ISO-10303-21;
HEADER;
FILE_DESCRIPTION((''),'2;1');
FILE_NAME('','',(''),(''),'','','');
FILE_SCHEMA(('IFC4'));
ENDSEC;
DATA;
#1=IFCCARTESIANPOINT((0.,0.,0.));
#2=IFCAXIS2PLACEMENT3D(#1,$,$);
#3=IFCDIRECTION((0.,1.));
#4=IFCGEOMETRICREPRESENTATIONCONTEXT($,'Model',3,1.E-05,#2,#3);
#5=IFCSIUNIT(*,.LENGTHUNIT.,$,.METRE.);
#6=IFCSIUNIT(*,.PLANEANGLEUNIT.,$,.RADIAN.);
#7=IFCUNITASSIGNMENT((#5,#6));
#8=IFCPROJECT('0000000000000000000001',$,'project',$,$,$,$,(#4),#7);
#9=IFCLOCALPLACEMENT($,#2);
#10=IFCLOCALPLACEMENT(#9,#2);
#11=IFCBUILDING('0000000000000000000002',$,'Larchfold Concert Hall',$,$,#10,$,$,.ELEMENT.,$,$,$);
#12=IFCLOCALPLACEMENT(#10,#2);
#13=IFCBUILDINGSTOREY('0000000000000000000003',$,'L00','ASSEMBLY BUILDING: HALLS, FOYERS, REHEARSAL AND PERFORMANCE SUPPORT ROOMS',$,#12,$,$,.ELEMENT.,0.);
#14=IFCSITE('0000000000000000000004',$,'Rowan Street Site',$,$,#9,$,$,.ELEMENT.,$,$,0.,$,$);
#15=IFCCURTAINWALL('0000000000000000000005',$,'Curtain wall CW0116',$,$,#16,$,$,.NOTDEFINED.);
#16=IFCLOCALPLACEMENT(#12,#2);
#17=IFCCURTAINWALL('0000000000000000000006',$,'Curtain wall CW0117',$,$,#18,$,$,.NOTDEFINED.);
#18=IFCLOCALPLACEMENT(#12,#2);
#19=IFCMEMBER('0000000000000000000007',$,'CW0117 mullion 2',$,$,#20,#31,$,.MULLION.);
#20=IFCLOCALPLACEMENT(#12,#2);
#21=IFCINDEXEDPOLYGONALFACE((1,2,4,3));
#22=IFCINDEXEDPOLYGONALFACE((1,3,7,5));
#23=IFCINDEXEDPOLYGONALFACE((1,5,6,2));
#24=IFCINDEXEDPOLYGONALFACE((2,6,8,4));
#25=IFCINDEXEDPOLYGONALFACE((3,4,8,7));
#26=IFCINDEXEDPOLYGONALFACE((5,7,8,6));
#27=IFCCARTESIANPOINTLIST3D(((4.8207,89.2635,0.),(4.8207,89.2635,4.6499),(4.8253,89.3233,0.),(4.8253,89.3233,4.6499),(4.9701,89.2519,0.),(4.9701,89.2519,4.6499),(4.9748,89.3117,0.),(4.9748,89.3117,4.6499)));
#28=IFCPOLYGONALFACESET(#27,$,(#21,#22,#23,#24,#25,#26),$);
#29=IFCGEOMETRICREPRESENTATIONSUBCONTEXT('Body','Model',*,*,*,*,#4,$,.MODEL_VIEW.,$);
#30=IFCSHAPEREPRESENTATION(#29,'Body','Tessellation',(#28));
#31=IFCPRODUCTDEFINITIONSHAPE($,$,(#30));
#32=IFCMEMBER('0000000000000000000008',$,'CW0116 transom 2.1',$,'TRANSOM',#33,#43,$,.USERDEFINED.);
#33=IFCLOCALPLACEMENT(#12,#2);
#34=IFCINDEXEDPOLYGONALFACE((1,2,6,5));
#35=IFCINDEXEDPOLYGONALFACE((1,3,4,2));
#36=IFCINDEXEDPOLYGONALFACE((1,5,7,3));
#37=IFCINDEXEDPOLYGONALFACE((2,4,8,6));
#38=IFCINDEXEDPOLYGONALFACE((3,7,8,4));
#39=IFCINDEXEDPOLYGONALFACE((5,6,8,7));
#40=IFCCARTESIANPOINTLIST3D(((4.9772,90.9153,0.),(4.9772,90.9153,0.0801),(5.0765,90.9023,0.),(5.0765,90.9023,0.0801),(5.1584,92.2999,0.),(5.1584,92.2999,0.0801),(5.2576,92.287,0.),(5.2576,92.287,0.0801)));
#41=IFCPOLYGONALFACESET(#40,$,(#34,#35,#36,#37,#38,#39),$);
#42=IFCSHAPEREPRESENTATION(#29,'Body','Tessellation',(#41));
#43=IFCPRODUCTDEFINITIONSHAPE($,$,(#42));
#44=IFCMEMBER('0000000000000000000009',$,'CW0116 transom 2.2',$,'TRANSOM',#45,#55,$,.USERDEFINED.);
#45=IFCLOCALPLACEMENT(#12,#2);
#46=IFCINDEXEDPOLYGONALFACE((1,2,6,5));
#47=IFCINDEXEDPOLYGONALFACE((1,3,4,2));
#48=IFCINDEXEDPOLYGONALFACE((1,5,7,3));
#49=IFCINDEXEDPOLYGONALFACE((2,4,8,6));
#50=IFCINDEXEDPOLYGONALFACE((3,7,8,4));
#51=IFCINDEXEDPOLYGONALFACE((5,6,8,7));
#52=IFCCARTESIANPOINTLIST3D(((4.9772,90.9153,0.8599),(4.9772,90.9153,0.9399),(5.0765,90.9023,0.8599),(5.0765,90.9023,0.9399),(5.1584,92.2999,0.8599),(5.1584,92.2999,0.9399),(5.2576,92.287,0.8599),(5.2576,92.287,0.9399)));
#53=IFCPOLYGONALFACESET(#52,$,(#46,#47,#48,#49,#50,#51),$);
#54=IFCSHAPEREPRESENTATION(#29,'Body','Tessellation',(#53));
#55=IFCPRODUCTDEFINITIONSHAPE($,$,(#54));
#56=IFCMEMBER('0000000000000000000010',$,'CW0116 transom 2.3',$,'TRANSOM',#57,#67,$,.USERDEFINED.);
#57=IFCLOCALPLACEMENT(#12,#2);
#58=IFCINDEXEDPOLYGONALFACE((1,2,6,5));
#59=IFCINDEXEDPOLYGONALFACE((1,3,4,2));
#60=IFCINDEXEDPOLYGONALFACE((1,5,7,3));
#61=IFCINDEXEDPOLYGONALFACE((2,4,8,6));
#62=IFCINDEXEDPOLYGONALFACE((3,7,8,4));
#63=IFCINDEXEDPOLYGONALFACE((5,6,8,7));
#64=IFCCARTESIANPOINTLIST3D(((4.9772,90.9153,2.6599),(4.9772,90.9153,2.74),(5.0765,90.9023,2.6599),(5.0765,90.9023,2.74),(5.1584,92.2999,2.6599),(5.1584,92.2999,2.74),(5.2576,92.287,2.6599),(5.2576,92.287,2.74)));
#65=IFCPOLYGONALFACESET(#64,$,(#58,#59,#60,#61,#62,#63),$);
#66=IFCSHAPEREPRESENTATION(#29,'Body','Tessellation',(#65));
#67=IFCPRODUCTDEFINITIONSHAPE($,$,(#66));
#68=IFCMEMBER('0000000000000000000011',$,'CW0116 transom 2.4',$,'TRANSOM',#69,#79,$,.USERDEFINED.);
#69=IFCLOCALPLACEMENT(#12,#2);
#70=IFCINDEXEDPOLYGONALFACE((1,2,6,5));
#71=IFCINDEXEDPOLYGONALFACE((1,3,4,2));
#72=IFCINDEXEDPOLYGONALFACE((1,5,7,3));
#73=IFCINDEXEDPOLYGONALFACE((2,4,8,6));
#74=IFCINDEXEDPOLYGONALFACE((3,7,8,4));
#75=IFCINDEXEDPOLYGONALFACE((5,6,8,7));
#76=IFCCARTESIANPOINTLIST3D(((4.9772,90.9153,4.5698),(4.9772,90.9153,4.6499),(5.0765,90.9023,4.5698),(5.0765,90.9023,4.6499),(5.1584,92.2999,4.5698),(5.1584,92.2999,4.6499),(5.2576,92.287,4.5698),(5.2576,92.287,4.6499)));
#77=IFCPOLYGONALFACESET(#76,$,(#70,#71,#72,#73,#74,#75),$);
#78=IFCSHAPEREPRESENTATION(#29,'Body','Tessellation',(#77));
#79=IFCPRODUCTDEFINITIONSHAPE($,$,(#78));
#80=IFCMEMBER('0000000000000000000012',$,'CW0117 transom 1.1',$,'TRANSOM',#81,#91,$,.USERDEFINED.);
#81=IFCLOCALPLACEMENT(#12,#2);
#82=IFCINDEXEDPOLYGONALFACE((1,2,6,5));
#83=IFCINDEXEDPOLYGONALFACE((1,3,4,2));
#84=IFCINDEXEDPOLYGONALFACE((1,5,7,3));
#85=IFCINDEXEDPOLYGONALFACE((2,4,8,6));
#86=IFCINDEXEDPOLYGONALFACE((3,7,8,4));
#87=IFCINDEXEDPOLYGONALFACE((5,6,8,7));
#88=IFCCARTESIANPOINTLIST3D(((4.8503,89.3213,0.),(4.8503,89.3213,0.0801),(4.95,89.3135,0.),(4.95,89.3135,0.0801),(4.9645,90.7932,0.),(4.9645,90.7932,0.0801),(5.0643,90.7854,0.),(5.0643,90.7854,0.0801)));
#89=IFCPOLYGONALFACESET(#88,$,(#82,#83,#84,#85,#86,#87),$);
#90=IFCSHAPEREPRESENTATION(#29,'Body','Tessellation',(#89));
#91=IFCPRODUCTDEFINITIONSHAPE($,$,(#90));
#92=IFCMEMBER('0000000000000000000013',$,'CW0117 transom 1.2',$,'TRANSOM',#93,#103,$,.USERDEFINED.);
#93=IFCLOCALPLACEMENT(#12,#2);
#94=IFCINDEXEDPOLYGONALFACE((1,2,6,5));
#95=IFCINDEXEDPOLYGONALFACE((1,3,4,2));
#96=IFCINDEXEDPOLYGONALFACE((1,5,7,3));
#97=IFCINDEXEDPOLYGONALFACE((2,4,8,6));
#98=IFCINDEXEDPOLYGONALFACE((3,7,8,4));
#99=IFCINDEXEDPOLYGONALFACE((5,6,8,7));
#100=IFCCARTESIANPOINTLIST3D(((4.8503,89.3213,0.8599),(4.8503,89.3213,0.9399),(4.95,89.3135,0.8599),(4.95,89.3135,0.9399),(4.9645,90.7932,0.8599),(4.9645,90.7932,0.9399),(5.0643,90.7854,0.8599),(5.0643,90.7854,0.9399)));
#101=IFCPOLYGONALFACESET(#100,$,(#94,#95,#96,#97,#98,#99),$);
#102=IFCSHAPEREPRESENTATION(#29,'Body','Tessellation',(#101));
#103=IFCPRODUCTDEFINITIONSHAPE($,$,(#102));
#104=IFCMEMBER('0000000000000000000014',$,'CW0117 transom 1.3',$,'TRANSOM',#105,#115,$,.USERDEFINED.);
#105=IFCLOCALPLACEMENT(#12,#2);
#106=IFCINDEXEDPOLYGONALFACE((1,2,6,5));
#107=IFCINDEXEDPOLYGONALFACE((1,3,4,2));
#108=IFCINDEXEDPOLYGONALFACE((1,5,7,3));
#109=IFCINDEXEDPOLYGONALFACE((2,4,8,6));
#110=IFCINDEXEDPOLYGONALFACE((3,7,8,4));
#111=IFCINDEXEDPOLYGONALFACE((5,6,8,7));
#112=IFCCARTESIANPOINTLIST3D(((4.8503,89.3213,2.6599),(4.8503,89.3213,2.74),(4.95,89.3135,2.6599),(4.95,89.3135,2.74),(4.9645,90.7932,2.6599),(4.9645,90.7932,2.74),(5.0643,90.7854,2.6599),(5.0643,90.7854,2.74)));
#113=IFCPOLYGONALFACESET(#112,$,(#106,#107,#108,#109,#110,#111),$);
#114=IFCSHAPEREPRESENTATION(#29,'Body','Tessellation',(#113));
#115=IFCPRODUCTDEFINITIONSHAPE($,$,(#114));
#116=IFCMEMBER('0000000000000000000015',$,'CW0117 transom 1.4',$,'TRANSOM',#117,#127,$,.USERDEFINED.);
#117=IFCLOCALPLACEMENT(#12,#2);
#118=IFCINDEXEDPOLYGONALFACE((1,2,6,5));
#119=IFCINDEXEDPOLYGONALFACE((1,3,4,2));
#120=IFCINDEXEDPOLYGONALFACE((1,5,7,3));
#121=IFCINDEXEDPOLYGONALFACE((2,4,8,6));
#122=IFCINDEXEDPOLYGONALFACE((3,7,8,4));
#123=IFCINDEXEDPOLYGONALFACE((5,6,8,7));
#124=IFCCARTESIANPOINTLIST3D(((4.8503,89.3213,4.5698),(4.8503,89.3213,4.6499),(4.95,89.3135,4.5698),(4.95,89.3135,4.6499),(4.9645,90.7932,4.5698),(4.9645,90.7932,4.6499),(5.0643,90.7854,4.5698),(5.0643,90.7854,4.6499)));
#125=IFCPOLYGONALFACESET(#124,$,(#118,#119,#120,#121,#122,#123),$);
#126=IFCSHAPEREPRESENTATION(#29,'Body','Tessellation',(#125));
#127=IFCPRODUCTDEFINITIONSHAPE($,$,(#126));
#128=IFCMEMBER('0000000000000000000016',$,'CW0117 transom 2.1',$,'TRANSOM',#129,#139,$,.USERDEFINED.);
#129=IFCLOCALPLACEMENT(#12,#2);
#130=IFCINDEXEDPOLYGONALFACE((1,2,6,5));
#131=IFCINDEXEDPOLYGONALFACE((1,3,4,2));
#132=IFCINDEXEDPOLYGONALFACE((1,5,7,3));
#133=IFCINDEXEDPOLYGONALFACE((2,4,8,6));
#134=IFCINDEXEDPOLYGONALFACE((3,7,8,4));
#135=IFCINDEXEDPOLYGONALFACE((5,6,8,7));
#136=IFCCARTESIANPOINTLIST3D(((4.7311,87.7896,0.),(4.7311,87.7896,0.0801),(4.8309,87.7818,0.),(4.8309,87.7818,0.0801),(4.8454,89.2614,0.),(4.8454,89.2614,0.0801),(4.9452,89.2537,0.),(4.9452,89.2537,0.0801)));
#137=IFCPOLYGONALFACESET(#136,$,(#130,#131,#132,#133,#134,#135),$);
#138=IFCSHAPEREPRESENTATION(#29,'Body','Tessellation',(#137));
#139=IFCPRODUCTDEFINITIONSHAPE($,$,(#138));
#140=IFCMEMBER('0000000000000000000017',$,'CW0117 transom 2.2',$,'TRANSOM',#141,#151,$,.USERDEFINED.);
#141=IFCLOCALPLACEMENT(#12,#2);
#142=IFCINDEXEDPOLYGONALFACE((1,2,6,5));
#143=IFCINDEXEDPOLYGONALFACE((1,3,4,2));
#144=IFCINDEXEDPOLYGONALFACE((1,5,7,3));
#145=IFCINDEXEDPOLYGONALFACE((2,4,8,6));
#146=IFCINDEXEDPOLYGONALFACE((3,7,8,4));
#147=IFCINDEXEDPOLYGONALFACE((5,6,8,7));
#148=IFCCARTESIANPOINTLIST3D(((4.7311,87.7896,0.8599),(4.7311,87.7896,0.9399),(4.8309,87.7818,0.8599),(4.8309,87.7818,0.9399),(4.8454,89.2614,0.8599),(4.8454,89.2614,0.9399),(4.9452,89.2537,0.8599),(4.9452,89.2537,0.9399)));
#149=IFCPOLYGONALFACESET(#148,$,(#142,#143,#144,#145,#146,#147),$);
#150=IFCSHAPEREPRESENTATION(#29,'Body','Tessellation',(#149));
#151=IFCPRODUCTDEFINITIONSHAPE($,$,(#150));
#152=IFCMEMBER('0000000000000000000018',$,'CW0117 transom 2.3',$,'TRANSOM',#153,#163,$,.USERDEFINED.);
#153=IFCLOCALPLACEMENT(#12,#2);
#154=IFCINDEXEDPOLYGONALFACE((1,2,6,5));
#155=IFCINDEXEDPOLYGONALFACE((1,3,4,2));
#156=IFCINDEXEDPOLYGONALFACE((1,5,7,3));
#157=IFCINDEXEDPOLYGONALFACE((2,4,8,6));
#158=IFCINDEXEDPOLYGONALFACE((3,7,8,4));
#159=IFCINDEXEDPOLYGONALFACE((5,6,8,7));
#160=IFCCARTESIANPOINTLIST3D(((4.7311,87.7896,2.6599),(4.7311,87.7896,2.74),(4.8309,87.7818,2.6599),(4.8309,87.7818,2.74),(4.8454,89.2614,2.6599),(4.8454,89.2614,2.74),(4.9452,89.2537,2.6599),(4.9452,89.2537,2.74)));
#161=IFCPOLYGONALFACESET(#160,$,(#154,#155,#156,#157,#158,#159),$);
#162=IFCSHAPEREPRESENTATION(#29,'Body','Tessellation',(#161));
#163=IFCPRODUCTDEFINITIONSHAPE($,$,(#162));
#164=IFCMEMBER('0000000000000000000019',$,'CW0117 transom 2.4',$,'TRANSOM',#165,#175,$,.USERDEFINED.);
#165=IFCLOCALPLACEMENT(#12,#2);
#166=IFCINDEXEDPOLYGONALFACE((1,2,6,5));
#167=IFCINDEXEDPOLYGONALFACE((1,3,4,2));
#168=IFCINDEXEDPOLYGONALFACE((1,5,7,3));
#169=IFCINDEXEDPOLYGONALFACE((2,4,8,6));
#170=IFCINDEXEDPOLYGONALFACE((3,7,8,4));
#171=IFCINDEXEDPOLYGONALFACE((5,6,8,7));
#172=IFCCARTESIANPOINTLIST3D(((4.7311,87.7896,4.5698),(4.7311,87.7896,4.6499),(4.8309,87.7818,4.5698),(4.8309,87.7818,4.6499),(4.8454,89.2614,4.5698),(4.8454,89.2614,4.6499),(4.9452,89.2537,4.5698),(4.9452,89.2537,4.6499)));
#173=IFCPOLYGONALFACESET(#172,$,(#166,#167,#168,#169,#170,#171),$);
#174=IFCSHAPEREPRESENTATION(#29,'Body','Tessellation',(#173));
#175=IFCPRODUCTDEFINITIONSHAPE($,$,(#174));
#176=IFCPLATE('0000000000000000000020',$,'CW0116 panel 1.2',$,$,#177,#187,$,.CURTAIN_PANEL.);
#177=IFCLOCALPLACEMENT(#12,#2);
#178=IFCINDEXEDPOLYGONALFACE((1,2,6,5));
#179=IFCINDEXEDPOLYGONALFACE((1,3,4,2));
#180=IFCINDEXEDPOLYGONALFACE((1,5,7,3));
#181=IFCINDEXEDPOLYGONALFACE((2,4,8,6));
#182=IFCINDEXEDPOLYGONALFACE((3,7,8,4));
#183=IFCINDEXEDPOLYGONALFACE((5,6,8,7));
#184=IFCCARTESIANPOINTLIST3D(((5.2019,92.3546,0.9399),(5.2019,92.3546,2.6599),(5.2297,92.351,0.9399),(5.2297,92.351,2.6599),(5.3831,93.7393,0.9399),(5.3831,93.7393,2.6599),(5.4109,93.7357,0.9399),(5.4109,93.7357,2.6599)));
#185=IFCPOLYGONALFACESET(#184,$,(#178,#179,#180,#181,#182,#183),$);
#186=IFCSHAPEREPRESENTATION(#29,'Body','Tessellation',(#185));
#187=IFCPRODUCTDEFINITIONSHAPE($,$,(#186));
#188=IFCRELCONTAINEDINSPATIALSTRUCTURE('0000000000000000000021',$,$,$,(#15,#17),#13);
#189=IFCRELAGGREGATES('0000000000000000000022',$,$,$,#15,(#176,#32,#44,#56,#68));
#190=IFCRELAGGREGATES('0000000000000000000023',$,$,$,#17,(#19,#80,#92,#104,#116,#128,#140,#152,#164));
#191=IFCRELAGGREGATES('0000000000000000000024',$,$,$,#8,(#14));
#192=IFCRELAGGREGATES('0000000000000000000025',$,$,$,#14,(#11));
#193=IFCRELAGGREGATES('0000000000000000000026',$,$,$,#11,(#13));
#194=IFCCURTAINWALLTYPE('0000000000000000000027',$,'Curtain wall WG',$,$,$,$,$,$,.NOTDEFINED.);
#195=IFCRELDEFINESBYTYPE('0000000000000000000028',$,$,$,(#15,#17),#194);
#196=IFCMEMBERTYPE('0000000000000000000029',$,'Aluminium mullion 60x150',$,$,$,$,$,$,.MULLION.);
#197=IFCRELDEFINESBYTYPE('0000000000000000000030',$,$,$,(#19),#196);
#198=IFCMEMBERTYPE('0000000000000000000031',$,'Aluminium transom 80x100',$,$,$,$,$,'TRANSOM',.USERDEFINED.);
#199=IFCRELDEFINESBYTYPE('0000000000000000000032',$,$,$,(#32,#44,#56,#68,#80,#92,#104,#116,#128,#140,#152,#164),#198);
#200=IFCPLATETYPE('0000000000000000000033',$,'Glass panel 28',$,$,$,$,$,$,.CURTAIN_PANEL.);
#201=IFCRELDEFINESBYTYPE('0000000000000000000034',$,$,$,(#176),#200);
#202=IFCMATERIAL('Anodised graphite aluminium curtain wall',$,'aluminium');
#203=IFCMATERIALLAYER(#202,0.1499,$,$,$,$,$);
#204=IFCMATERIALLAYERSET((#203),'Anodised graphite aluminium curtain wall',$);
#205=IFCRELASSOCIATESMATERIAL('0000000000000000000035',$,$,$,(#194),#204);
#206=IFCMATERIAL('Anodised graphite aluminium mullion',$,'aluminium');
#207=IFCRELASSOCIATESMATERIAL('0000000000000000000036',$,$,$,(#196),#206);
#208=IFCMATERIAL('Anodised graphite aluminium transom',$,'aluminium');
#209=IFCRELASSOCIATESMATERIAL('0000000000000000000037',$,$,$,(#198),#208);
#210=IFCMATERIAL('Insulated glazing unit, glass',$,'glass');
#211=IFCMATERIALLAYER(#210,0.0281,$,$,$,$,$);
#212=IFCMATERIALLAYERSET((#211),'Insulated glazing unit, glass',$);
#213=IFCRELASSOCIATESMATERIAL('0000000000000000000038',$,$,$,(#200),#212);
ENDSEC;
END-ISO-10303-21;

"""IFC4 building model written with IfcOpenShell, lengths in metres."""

from ifc_helpers import new_model, si_unit, direction, frame, origin, origin_2d, place, context, subcontext, project, spatial, rectangle, extrude, material, layer, layer_set, material_profile, profile_set, type_object, element, aggregate, save


model = new_model("IFC4")

# Units and contexts
model_context = context("Model", 3, precision=1e-05, world=origin(), true_north=direction((0.0, 1.0)))
body_context = subcontext(model_context, "Body", "Model", "MODEL_VIEW")
ifc_project = project(units=[si_unit("LENGTHUNIT", "METRE"), si_unit("PLANEANGLEUNIT", "RADIAN")], contexts=[model_context])

# Site, building, storey
site_placement = place(None, origin())
site = spatial("IfcSite", under=ifc_project, at=site_placement, Name="Rowan Street Site", CompositionType="ELEMENT", RefElevation=0.0)
building_placement = place(site_placement, origin())
building = spatial("IfcBuilding", under=site, at=building_placement, Name="Larchfold Concert Hall", CompositionType="ELEMENT")
storey_placement = place(building_placement, origin())
storey = spatial("IfcBuildingStorey", under=building, at=storey_placement, Name="L00", Description="ASSEMBLY BUILDING: HALLS, FOYERS, REHEARSAL AND PERFORMANCE SUPPORT ROOMS", CompositionType="ELEMENT", Elevation=0.0)

# Curtain walls, member
ifc_material_1 = material(Name="Anodised graphite aluminium curtain wall", Category="aluminium")
ifc_layer_1 = layer(ifc_material_1, 0.1499)
ifc_layer_set_1 = layer_set([ifc_layer_1], Name="Anodised graphite aluminium curtain wall")
curtain_wall_type = type_object("IfcCurtainWallType", Name="Curtain wall WG", PredefinedType="NOTDEFINED", material=ifc_layer_set_1)
curtain_wall_1_placement = place(storey_placement, origin())
curtain_wall_1 = element("IfcCurtainWall", 1, at=curtain_wall_1_placement, inside=storey, type_object=curtain_wall_type, Name="Curtain wall CW0116", PredefinedType="NOTDEFINED")
ifc_material_2 = material(Name="Anodised graphite aluminium mullion", Category="aluminium")
ifc_material_profile_1 = material_profile(ifc_material_2, rectangle(XDim=0.1499, YDim=0.0601, at=origin_2d()))
ifc_profile_set_1 = profile_set([ifc_material_profile_1], Name="Anodised graphite aluminium mullion")
member_type_1 = type_object("IfcMemberType", Name="Aluminium mullion 60x150", PredefinedType="MULLION", material=ifc_profile_set_1)
curtain_wall_2_placement = place(storey_placement, origin())
curtain_wall_2 = element("IfcCurtainWall", 2, at=curtain_wall_2_placement, inside=storey, type_object=curtain_wall_type, Name="Curtain wall CW0117", PredefinedType="NOTDEFINED")
member_1_placement = place(storey_placement, frame((4.8977, 89.2876, 0.0), z_axis=(0.0, 0.0, 1.0), x_axis=(0.996995, -0.077465, 0.0)))
member_1 = element("IfcMember", 3, at=member_1_placement, type_object=member_type_1, Name="CW0117 mullion 2", PredefinedType="MULLION", context=body_context, shape_type="SweptSolid", body=[
    extrude(rectangle(XDim=0.1499, YDim=0.0601, at=origin_2d()), origin(), (0.0, 0.0, 1.0), 4.6499),
])

# Members
ifc_material_3 = material(Name="Anodised graphite aluminium transom", Category="aluminium")
ifc_material_profile_2 = material_profile(ifc_material_3, rectangle(XDim=0.1001, YDim=0.0801, at=origin_2d()))
ifc_profile_set_2 = profile_set([ifc_material_profile_2], Name="Anodised graphite aluminium transom")
member_type_2 = type_object("IfcMemberType", Name="Aluminium transom 80x100", ElementType="TRANSOM", PredefinedType="USERDEFINED", material=ifc_profile_set_2)
member_2_placement = place(storey_placement, frame((5.208, 92.2935, 0.04), z_axis=(-0.129713, -0.991552, 0.0), x_axis=(0.991552, -0.129713, 0.0)))
member_2 = element("IfcMember", 4, at=member_2_placement, type_object=member_type_2, Name="CW0116 transom 2.1", ObjectType="TRANSOM", PredefinedType="USERDEFINED", context=body_context, shape_type="SweptSolid", body=[
    extrude(rectangle(XDim=0.1001, YDim=0.0801, at=origin_2d()), origin(), (0.0, 0.0, 1.0), 1.3965),
])
member_3_placement = place(storey_placement, frame((5.208, 92.2935, 0.8999), z_axis=(-0.129713, -0.991552, 0.0), x_axis=(0.991552, -0.129713, 0.0)))
member_3 = element("IfcMember", 5, at=member_3_placement, type_object=member_type_2, Name="CW0116 transom 2.2", ObjectType="TRANSOM", PredefinedType="USERDEFINED", context=body_context, shape_type="SweptSolid", body=[
    extrude(rectangle(XDim=0.1001, YDim=0.0801, at=origin_2d()), origin(), (0.0, 0.0, 1.0), 1.3965),
])
member_4_placement = place(storey_placement, frame((5.208, 92.2935, 2.7), z_axis=(-0.129713, -0.991552, 0.0), x_axis=(0.991552, -0.129713, 0.0)))
member_4 = element("IfcMember", 6, at=member_4_placement, type_object=member_type_2, Name="CW0116 transom 2.3", ObjectType="TRANSOM", PredefinedType="USERDEFINED", context=body_context, shape_type="SweptSolid", body=[
    extrude(rectangle(XDim=0.1001, YDim=0.0801, at=origin_2d()), origin(), (0.0, 0.0, 1.0), 1.3965),
])
member_5_placement = place(storey_placement, frame((5.208, 92.2935, 4.6099), z_axis=(-0.129713, -0.991552, 0.0), x_axis=(0.991552, -0.129713, 0.0)))
member_5 = element("IfcMember", 7, at=member_5_placement, type_object=member_type_2, Name="CW0116 transom 2.4", ObjectType="TRANSOM", PredefinedType="USERDEFINED", context=body_context, shape_type="SweptSolid", body=[
    extrude(rectangle(XDim=0.1001, YDim=0.0801, at=origin_2d()), origin(), (0.0, 0.0, 1.0), 1.3965),
])
member_6_placement = place(storey_placement, frame((5.0144, 90.7893, 0.04), z_axis=(-0.077392, -0.997001, 0.0), x_axis=(0.997001, -0.077392, 0.0)))
member_6 = element("IfcMember", 8, at=member_6_placement, type_object=member_type_2, Name="CW0117 transom 1.1", ObjectType="TRANSOM", PredefinedType="USERDEFINED", context=body_context, shape_type="SweptSolid", body=[
    extrude(rectangle(XDim=0.1001, YDim=0.0801, at=origin_2d()), origin(), (0.0, 0.0, 1.0), 1.4763),
])
member_7_placement = place(storey_placement, frame((5.0144, 90.7893, 0.8999), z_axis=(-0.077392, -0.997001, 0.0), x_axis=(0.997001, -0.077392, 0.0)))
member_7 = element("IfcMember", 9, at=member_7_placement, type_object=member_type_2, Name="CW0117 transom 1.2", ObjectType="TRANSOM", PredefinedType="USERDEFINED", context=body_context, shape_type="SweptSolid", body=[
    extrude(rectangle(XDim=0.1001, YDim=0.0801, at=origin_2d()), origin(), (0.0, 0.0, 1.0), 1.4763),
])
member_8_placement = place(storey_placement, frame((5.0144, 90.7893, 2.7), z_axis=(-0.077392, -0.997001, 0.0), x_axis=(0.997001, -0.077392, 0.0)))
member_8 = element("IfcMember", 10, at=member_8_placement, type_object=member_type_2, Name="CW0117 transom 1.3", ObjectType="TRANSOM", PredefinedType="USERDEFINED", context=body_context, shape_type="SweptSolid", body=[
    extrude(rectangle(XDim=0.1001, YDim=0.0801, at=origin_2d()), origin(), (0.0, 0.0, 1.0), 1.4763),
])
member_9_placement = place(storey_placement, frame((5.0144, 90.7893, 4.6099), z_axis=(-0.077392, -0.997001, 0.0), x_axis=(0.997001, -0.077392, 0.0)))
member_9 = element("IfcMember", 11, at=member_9_placement, type_object=member_type_2, Name="CW0117 transom 1.4", ObjectType="TRANSOM", PredefinedType="USERDEFINED", context=body_context, shape_type="SweptSolid", body=[
    extrude(rectangle(XDim=0.1001, YDim=0.0801, at=origin_2d()), origin(), (0.0, 0.0, 1.0), 1.4763),
])
member_10_placement = place(storey_placement, frame((4.8953, 89.2576, 0.04), z_axis=(-0.077392, -0.997001, 0.0), x_axis=(0.997001, -0.077392, 0.0)))
member_10 = element("IfcMember", 12, at=member_10_placement, type_object=member_type_2, Name="CW0117 transom 2.1", ObjectType="TRANSOM", PredefinedType="USERDEFINED", context=body_context, shape_type="SweptSolid", body=[
    extrude(rectangle(XDim=0.1001, YDim=0.0801, at=origin_2d()), origin(), (0.0, 0.0, 1.0), 1.4763),
])
member_11_placement = place(storey_placement, frame((4.8953, 89.2576, 0.8999), z_axis=(-0.077392, -0.997001, 0.0), x_axis=(0.997001, -0.077392, 0.0)))
member_11 = element("IfcMember", 13, at=member_11_placement, type_object=member_type_2, Name="CW0117 transom 2.2", ObjectType="TRANSOM", PredefinedType="USERDEFINED", context=body_context, shape_type="SweptSolid", body=[
    extrude(rectangle(XDim=0.1001, YDim=0.0801, at=origin_2d()), origin(), (0.0, 0.0, 1.0), 1.4763),
])
member_12_placement = place(storey_placement, frame((4.8953, 89.2576, 2.7), z_axis=(-0.077392, -0.997001, 0.0), x_axis=(0.997001, -0.077392, 0.0)))
member_12 = element("IfcMember", 14, at=member_12_placement, type_object=member_type_2, Name="CW0117 transom 2.3", ObjectType="TRANSOM", PredefinedType="USERDEFINED", context=body_context, shape_type="SweptSolid", body=[
    extrude(rectangle(XDim=0.1001, YDim=0.0801, at=origin_2d()), origin(), (0.0, 0.0, 1.0), 1.4763),
])
member_13_placement = place(storey_placement, frame((4.8953, 89.2576, 4.6099), z_axis=(-0.077392, -0.997001, 0.0), x_axis=(0.997001, -0.077392, 0.0)))
member_13 = element("IfcMember", 15, at=member_13_placement, type_object=member_type_2, Name="CW0117 transom 2.4", ObjectType="TRANSOM", PredefinedType="USERDEFINED", context=body_context, shape_type="SweptSolid", body=[
    extrude(rectangle(XDim=0.1001, YDim=0.0801, at=origin_2d()), origin(), (0.0, 0.0, 1.0), 1.4763),
])

# Plate
ifc_material_4 = material(Name="Insulated glazing unit, glass", Category="glass")
ifc_layer_2 = layer(ifc_material_4, 0.0281)
ifc_layer_set_2 = layer_set([ifc_layer_2], Name="Insulated glazing unit, glass")
plate_type_1 = type_object("IfcPlateType", Name="Glass panel 28", PredefinedType="CURTAIN_PANEL", material=ifc_layer_set_2)
plate_1_placement = place(storey_placement, frame((5.3064, 93.0452, 0.9399), z_axis=(0.0, 0.0, 1.0), x_axis=(-0.129743, -0.991548, 0.0)))
plate_1 = element("IfcPlate", 16, at=plate_1_placement, type_object=plate_type_1, Name="CW0116 panel 1.2", PredefinedType="CURTAIN_PANEL", context=body_context, shape_type="SweptSolid", body=[
    extrude(rectangle(XDim=1.3965, YDim=0.0281, at=origin_2d()), origin(), (0.0, 0.0, 1.0), 1.72),
])
aggregate(curtain_wall_1, [plate_1, member_2, member_3, member_4, member_5])
aggregate(curtain_wall_2, [member_1, member_6, member_7, member_8, member_9, member_10, member_11, member_12, member_13])

save(model, "model.ifc")
